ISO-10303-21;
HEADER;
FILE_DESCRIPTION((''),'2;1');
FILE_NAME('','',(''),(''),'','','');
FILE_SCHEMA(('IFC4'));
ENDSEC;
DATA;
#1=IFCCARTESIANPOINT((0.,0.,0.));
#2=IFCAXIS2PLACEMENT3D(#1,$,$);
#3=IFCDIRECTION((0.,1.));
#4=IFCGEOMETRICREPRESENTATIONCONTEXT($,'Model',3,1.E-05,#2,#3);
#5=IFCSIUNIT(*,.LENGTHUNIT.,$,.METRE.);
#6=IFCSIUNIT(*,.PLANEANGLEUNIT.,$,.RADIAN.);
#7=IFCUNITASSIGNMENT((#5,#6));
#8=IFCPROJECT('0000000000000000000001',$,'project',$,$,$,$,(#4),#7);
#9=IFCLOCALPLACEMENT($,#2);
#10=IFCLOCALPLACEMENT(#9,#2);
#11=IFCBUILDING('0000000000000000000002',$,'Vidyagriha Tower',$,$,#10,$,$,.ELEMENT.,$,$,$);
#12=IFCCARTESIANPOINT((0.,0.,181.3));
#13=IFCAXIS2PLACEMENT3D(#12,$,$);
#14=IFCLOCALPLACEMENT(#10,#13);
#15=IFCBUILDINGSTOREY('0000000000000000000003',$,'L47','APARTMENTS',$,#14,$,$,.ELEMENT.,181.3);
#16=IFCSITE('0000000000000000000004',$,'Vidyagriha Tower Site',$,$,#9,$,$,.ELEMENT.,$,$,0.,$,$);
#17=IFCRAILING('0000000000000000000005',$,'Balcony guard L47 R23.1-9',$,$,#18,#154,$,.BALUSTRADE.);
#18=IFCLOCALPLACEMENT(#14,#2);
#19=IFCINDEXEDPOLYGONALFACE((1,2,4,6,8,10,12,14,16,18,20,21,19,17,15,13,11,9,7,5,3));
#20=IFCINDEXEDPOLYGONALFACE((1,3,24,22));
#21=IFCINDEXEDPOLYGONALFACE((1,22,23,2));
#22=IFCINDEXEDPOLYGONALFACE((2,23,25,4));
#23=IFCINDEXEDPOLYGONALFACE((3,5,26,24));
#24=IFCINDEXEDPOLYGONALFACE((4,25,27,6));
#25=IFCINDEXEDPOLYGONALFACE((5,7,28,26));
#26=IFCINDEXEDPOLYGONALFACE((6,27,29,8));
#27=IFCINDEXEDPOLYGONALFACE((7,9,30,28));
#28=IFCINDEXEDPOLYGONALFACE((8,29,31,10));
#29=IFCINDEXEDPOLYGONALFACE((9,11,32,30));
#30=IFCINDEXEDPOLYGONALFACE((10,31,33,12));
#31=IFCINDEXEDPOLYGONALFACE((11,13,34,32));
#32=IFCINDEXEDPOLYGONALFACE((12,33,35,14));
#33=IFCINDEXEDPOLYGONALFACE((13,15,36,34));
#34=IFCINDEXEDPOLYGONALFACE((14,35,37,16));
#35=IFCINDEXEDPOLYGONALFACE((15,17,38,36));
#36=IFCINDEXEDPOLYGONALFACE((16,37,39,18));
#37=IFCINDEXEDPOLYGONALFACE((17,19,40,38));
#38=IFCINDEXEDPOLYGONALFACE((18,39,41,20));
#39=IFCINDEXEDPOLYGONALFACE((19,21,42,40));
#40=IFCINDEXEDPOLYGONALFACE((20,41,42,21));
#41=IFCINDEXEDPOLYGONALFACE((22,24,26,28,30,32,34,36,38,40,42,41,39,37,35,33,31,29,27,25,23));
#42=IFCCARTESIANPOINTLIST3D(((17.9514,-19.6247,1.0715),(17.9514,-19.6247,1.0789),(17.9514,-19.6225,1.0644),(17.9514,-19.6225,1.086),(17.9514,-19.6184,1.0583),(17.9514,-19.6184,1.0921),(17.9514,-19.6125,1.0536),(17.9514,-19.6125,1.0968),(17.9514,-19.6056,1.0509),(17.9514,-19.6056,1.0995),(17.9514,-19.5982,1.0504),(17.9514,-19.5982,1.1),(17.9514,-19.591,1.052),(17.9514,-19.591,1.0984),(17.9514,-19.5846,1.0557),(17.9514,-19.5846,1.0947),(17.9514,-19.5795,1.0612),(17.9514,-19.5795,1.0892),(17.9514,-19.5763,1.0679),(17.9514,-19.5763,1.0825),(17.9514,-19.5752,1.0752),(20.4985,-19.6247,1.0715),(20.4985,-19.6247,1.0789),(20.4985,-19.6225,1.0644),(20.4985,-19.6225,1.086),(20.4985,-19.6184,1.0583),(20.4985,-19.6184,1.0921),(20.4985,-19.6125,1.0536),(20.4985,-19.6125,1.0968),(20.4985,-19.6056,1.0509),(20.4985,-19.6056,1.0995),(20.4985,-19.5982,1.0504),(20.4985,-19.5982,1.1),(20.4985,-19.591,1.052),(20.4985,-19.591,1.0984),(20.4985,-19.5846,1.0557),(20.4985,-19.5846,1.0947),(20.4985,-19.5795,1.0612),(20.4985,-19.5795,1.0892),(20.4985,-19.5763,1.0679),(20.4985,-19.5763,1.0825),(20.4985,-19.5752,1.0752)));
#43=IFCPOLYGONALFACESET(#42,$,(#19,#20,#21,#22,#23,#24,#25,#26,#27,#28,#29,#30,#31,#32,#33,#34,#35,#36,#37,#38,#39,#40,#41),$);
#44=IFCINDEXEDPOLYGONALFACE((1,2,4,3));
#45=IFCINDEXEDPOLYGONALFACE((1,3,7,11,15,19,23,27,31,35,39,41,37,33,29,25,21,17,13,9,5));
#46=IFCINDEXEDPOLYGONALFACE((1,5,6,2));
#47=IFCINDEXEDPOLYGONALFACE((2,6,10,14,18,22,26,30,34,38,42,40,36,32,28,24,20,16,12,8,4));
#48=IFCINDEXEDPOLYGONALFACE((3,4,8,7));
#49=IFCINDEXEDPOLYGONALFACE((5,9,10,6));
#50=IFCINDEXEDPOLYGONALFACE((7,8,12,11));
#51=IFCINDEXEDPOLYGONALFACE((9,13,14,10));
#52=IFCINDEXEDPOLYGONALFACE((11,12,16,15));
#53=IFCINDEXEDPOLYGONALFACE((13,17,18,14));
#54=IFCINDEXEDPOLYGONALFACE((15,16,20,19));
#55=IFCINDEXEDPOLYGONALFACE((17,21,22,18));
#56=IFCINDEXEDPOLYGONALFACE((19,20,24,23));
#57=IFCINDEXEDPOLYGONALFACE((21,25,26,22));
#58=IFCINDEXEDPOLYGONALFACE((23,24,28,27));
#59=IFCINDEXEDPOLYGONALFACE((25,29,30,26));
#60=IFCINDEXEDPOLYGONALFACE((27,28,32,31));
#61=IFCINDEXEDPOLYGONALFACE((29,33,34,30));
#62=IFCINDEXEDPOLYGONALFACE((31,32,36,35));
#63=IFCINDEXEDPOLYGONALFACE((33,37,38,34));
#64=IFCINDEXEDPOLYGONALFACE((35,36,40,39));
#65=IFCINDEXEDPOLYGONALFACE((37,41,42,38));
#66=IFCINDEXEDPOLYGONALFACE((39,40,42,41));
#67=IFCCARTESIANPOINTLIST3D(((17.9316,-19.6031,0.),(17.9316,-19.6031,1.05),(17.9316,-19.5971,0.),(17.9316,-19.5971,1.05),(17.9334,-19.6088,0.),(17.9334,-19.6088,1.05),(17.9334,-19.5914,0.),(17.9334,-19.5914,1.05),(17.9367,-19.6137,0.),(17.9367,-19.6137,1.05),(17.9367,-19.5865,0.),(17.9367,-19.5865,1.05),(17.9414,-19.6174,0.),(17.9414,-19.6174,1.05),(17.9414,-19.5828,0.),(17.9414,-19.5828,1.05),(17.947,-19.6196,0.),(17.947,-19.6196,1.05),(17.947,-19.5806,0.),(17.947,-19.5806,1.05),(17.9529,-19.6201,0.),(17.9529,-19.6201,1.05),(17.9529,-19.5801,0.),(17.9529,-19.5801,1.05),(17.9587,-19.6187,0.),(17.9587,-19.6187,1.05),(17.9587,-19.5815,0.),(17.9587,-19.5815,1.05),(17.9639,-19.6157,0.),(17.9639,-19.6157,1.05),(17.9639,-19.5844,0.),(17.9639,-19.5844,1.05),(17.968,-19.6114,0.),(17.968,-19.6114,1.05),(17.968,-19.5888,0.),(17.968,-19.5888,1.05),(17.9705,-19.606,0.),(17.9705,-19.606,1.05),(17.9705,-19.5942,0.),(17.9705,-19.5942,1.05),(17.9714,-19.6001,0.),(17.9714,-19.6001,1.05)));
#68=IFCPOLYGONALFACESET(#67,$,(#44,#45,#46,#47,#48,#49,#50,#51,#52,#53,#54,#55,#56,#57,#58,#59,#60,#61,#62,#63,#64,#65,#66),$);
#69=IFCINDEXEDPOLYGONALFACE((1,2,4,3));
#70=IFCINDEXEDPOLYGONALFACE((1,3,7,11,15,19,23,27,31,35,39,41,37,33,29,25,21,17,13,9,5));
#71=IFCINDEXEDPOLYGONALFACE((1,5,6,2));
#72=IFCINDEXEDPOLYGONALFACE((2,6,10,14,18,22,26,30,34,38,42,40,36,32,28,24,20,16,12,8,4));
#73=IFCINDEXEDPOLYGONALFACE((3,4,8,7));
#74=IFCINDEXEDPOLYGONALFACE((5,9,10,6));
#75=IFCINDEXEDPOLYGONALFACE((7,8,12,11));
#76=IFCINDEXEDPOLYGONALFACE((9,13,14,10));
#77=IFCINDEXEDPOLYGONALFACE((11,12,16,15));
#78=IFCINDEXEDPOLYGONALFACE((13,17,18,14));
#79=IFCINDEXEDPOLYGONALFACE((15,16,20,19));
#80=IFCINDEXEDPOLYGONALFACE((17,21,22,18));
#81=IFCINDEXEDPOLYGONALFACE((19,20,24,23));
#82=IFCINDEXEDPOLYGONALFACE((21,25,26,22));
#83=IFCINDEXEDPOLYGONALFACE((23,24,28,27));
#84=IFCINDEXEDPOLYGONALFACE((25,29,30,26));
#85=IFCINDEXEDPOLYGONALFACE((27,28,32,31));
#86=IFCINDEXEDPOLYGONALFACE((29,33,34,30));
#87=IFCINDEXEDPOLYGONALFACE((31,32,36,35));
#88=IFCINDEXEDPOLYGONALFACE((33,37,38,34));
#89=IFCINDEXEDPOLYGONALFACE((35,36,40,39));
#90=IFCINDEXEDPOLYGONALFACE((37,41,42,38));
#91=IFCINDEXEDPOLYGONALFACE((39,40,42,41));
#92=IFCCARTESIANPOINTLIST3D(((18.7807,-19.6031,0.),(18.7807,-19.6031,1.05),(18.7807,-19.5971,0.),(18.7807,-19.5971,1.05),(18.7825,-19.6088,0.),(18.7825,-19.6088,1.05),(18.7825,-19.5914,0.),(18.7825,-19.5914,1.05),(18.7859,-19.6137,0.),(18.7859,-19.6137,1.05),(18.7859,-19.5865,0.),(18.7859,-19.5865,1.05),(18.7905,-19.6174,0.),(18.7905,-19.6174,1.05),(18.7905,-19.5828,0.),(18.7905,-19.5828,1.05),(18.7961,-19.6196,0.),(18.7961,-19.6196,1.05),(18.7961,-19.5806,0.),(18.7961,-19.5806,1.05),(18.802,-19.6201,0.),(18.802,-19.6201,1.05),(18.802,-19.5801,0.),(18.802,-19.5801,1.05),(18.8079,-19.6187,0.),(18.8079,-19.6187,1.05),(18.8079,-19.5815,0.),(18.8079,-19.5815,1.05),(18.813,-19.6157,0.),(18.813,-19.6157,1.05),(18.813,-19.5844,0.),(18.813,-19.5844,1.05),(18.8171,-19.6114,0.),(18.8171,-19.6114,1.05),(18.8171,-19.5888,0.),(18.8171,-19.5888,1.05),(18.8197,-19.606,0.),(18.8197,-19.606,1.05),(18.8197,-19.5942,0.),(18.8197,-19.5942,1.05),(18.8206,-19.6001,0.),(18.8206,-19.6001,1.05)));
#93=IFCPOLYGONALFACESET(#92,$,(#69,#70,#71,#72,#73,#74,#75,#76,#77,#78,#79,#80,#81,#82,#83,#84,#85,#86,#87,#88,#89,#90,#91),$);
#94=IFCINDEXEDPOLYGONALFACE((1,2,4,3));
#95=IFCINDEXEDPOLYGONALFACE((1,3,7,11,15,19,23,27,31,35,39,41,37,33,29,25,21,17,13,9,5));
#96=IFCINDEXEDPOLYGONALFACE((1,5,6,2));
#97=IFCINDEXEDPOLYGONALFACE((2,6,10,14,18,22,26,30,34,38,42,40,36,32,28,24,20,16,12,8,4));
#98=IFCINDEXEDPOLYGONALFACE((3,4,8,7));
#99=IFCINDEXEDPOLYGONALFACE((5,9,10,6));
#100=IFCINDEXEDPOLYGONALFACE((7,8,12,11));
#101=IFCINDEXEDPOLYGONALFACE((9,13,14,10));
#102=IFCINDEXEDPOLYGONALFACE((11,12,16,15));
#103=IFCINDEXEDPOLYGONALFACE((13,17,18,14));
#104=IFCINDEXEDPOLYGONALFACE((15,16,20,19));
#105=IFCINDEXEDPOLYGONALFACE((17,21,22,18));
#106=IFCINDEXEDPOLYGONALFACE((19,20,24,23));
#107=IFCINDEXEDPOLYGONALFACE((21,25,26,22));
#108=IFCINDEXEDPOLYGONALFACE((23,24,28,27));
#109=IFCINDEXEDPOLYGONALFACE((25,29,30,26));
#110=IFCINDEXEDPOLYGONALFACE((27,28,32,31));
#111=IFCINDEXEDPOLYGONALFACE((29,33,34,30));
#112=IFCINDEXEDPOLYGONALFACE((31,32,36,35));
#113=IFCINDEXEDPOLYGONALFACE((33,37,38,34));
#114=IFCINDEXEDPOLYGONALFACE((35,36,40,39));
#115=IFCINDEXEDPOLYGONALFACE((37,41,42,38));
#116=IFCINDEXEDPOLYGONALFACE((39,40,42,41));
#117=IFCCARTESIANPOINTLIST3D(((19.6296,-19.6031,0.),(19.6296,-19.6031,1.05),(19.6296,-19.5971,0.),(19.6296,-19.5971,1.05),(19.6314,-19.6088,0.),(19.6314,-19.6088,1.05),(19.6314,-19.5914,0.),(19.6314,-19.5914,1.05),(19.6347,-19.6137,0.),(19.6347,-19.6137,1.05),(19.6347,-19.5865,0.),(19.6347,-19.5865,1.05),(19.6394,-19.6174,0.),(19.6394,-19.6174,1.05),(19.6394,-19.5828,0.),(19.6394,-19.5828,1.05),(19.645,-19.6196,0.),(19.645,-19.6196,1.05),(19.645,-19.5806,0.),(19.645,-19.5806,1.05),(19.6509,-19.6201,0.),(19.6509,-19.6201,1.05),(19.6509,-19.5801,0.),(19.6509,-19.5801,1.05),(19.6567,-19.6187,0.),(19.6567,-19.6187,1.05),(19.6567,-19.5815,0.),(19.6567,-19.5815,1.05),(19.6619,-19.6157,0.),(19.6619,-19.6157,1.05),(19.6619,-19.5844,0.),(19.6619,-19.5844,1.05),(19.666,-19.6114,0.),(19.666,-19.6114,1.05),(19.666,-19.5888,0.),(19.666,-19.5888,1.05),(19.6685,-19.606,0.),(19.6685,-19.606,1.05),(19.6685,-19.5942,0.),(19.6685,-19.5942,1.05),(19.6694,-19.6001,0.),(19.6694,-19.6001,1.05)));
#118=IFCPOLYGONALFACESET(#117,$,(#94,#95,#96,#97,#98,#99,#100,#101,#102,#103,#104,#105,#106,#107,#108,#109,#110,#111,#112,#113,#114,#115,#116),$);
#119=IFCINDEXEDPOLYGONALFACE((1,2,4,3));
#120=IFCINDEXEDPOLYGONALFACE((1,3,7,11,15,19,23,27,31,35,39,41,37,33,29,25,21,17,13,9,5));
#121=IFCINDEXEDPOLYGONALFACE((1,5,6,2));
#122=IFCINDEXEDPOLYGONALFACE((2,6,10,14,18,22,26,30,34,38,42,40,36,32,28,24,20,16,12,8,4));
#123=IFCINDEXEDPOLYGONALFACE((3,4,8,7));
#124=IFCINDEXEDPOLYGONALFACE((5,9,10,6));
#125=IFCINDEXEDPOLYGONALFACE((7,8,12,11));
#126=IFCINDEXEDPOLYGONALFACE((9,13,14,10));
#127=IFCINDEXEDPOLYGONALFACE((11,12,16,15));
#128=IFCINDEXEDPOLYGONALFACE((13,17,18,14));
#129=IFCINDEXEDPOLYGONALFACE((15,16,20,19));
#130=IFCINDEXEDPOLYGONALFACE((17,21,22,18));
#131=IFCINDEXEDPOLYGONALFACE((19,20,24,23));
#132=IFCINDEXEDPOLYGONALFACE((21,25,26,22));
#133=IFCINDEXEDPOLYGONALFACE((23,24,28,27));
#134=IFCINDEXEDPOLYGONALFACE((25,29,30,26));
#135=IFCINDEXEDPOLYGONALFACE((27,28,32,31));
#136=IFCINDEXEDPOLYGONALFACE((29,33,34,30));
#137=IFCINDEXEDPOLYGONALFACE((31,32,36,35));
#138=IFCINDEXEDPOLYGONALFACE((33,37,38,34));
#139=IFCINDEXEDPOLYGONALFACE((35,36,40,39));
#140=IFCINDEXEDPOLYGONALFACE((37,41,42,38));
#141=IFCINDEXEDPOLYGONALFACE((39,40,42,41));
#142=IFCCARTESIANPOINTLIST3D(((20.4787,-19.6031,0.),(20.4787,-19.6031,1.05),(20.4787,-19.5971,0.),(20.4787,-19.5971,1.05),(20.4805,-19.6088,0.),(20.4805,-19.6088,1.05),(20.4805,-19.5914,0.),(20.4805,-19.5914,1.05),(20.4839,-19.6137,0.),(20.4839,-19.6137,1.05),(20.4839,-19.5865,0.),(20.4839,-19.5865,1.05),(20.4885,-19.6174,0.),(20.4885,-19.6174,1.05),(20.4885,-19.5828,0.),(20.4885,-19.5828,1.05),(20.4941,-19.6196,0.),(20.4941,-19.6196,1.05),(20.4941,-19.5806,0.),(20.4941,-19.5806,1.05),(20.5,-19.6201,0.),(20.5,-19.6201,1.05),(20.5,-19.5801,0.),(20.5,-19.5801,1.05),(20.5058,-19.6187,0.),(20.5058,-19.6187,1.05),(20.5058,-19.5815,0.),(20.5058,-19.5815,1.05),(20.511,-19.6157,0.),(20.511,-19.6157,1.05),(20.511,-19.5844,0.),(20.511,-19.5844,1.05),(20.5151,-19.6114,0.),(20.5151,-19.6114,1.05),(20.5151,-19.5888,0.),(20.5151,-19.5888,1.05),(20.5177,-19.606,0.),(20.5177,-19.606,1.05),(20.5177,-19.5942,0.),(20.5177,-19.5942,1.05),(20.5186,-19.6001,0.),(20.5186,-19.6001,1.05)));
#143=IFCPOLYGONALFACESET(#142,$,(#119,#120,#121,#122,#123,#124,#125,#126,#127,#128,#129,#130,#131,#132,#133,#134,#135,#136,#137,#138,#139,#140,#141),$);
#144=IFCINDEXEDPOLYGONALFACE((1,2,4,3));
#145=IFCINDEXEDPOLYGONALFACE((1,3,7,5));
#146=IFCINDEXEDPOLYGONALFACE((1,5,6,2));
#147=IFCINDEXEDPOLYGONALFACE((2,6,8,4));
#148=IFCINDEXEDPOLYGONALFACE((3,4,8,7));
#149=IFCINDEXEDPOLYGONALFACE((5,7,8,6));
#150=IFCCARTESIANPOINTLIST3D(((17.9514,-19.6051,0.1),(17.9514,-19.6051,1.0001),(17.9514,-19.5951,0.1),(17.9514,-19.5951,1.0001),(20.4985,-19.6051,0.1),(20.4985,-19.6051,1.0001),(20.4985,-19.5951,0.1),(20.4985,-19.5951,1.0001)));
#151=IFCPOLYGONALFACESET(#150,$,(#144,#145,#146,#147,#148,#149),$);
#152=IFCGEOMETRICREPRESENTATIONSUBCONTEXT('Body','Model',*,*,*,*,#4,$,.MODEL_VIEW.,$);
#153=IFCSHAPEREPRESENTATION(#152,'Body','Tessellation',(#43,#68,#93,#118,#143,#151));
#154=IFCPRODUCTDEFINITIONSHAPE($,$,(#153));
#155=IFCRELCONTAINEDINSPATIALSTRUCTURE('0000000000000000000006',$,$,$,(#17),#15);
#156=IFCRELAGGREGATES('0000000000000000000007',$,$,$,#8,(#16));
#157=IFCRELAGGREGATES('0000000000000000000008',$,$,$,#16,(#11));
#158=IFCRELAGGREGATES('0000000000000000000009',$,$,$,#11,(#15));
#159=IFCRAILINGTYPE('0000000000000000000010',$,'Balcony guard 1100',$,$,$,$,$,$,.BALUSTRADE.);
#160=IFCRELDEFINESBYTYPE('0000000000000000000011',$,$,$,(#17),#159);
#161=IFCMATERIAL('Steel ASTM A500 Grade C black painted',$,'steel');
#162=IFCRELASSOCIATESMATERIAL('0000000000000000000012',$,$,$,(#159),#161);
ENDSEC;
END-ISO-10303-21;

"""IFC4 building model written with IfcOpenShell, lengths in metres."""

from ifc_helpers import new_model, si_unit, direction, frame, origin, origin_2d, place, context, subcontext, project, spatial, rectangle, circle, extrude, material, type_object, element, save


model = new_model("IFC4")

# Units and contexts
model_context = context("Model", 3, precision=1e-05, world=origin(), true_north=direction((0.0, 1.0)))
body_context = subcontext(model_context, "Body", "Model", "MODEL_VIEW")
ifc_project = project(units=[si_unit("LENGTHUNIT", "METRE"), si_unit("PLANEANGLEUNIT", "RADIAN")], contexts=[model_context])

# Site, building, storey
site_placement = place(None, origin())
site = spatial("IfcSite", under=ifc_project, at=site_placement, Name="Vidyagriha Tower Site", CompositionType="ELEMENT", RefElevation=0.0)
building_placement = place(site_placement, origin())
building = spatial("IfcBuilding", under=site, at=building_placement, Name="Vidyagriha Tower", CompositionType="ELEMENT")
storey_placement = place(building_placement, frame((0.0, 0.0, 181.3)))
storey = spatial("IfcBuildingStorey", under=building, at=storey_placement, Name="L47", Description="APARTMENTS", CompositionType="ELEMENT", Elevation=181.3)

# Railing
ifc_material_1 = material(Name="Steel ASTM A500 Grade C black painted", Category="steel")
railing_type = type_object("IfcRailingType", Name="Balcony guard 1100", PredefinedType="BALUSTRADE", material=ifc_material_1)
railing_1_placement = place(storey_placement, frame((17.9514, -19.6001, 0.0)))
element("IfcRailing", 1, at=railing_1_placement, inside=storey, type_object=railing_type, Name="Balcony guard L47 R23.1-9", PredefinedType="BALUSTRADE", context=body_context, shape_type="SweptSolid", body=[
    extrude(circle(Radius=0.0249, at=origin_2d()), frame((0.0, 0.0, 1.0752), z_axis=(1.0, 0.0, 0.0), x_axis=(0.0, 1.0, 0.0)), (0.0, 0.0, 1.0), 2.5471),
    extrude(circle(Radius=0.02, at=origin_2d()), origin(), (0.0, 0.0, 1.0), 1.05),
    extrude(circle(Radius=0.02, at=origin_2d()), frame((0.8491, 0.0, 0.0)), (0.0, 0.0, 1.0), 1.05),
    extrude(circle(Radius=0.02, at=origin_2d()), frame((1.698, 0.0, 0.0)), (0.0, 0.0, 1.0), 1.05),
    extrude(circle(Radius=0.02, at=origin_2d()), frame((2.5471, 0.0, 0.0)), (0.0, 0.0, 1.0), 1.05),
    extrude(rectangle(XDim=0.01, YDim=0.9001, at=origin_2d()), frame((0.0, 0.0, 0.55), z_axis=(1.0, 0.0, 0.0), x_axis=(0.0, 1.0, 0.0)), (0.0, 0.0, 1.0), 2.5471),
])

save(model, "model.ifc")
